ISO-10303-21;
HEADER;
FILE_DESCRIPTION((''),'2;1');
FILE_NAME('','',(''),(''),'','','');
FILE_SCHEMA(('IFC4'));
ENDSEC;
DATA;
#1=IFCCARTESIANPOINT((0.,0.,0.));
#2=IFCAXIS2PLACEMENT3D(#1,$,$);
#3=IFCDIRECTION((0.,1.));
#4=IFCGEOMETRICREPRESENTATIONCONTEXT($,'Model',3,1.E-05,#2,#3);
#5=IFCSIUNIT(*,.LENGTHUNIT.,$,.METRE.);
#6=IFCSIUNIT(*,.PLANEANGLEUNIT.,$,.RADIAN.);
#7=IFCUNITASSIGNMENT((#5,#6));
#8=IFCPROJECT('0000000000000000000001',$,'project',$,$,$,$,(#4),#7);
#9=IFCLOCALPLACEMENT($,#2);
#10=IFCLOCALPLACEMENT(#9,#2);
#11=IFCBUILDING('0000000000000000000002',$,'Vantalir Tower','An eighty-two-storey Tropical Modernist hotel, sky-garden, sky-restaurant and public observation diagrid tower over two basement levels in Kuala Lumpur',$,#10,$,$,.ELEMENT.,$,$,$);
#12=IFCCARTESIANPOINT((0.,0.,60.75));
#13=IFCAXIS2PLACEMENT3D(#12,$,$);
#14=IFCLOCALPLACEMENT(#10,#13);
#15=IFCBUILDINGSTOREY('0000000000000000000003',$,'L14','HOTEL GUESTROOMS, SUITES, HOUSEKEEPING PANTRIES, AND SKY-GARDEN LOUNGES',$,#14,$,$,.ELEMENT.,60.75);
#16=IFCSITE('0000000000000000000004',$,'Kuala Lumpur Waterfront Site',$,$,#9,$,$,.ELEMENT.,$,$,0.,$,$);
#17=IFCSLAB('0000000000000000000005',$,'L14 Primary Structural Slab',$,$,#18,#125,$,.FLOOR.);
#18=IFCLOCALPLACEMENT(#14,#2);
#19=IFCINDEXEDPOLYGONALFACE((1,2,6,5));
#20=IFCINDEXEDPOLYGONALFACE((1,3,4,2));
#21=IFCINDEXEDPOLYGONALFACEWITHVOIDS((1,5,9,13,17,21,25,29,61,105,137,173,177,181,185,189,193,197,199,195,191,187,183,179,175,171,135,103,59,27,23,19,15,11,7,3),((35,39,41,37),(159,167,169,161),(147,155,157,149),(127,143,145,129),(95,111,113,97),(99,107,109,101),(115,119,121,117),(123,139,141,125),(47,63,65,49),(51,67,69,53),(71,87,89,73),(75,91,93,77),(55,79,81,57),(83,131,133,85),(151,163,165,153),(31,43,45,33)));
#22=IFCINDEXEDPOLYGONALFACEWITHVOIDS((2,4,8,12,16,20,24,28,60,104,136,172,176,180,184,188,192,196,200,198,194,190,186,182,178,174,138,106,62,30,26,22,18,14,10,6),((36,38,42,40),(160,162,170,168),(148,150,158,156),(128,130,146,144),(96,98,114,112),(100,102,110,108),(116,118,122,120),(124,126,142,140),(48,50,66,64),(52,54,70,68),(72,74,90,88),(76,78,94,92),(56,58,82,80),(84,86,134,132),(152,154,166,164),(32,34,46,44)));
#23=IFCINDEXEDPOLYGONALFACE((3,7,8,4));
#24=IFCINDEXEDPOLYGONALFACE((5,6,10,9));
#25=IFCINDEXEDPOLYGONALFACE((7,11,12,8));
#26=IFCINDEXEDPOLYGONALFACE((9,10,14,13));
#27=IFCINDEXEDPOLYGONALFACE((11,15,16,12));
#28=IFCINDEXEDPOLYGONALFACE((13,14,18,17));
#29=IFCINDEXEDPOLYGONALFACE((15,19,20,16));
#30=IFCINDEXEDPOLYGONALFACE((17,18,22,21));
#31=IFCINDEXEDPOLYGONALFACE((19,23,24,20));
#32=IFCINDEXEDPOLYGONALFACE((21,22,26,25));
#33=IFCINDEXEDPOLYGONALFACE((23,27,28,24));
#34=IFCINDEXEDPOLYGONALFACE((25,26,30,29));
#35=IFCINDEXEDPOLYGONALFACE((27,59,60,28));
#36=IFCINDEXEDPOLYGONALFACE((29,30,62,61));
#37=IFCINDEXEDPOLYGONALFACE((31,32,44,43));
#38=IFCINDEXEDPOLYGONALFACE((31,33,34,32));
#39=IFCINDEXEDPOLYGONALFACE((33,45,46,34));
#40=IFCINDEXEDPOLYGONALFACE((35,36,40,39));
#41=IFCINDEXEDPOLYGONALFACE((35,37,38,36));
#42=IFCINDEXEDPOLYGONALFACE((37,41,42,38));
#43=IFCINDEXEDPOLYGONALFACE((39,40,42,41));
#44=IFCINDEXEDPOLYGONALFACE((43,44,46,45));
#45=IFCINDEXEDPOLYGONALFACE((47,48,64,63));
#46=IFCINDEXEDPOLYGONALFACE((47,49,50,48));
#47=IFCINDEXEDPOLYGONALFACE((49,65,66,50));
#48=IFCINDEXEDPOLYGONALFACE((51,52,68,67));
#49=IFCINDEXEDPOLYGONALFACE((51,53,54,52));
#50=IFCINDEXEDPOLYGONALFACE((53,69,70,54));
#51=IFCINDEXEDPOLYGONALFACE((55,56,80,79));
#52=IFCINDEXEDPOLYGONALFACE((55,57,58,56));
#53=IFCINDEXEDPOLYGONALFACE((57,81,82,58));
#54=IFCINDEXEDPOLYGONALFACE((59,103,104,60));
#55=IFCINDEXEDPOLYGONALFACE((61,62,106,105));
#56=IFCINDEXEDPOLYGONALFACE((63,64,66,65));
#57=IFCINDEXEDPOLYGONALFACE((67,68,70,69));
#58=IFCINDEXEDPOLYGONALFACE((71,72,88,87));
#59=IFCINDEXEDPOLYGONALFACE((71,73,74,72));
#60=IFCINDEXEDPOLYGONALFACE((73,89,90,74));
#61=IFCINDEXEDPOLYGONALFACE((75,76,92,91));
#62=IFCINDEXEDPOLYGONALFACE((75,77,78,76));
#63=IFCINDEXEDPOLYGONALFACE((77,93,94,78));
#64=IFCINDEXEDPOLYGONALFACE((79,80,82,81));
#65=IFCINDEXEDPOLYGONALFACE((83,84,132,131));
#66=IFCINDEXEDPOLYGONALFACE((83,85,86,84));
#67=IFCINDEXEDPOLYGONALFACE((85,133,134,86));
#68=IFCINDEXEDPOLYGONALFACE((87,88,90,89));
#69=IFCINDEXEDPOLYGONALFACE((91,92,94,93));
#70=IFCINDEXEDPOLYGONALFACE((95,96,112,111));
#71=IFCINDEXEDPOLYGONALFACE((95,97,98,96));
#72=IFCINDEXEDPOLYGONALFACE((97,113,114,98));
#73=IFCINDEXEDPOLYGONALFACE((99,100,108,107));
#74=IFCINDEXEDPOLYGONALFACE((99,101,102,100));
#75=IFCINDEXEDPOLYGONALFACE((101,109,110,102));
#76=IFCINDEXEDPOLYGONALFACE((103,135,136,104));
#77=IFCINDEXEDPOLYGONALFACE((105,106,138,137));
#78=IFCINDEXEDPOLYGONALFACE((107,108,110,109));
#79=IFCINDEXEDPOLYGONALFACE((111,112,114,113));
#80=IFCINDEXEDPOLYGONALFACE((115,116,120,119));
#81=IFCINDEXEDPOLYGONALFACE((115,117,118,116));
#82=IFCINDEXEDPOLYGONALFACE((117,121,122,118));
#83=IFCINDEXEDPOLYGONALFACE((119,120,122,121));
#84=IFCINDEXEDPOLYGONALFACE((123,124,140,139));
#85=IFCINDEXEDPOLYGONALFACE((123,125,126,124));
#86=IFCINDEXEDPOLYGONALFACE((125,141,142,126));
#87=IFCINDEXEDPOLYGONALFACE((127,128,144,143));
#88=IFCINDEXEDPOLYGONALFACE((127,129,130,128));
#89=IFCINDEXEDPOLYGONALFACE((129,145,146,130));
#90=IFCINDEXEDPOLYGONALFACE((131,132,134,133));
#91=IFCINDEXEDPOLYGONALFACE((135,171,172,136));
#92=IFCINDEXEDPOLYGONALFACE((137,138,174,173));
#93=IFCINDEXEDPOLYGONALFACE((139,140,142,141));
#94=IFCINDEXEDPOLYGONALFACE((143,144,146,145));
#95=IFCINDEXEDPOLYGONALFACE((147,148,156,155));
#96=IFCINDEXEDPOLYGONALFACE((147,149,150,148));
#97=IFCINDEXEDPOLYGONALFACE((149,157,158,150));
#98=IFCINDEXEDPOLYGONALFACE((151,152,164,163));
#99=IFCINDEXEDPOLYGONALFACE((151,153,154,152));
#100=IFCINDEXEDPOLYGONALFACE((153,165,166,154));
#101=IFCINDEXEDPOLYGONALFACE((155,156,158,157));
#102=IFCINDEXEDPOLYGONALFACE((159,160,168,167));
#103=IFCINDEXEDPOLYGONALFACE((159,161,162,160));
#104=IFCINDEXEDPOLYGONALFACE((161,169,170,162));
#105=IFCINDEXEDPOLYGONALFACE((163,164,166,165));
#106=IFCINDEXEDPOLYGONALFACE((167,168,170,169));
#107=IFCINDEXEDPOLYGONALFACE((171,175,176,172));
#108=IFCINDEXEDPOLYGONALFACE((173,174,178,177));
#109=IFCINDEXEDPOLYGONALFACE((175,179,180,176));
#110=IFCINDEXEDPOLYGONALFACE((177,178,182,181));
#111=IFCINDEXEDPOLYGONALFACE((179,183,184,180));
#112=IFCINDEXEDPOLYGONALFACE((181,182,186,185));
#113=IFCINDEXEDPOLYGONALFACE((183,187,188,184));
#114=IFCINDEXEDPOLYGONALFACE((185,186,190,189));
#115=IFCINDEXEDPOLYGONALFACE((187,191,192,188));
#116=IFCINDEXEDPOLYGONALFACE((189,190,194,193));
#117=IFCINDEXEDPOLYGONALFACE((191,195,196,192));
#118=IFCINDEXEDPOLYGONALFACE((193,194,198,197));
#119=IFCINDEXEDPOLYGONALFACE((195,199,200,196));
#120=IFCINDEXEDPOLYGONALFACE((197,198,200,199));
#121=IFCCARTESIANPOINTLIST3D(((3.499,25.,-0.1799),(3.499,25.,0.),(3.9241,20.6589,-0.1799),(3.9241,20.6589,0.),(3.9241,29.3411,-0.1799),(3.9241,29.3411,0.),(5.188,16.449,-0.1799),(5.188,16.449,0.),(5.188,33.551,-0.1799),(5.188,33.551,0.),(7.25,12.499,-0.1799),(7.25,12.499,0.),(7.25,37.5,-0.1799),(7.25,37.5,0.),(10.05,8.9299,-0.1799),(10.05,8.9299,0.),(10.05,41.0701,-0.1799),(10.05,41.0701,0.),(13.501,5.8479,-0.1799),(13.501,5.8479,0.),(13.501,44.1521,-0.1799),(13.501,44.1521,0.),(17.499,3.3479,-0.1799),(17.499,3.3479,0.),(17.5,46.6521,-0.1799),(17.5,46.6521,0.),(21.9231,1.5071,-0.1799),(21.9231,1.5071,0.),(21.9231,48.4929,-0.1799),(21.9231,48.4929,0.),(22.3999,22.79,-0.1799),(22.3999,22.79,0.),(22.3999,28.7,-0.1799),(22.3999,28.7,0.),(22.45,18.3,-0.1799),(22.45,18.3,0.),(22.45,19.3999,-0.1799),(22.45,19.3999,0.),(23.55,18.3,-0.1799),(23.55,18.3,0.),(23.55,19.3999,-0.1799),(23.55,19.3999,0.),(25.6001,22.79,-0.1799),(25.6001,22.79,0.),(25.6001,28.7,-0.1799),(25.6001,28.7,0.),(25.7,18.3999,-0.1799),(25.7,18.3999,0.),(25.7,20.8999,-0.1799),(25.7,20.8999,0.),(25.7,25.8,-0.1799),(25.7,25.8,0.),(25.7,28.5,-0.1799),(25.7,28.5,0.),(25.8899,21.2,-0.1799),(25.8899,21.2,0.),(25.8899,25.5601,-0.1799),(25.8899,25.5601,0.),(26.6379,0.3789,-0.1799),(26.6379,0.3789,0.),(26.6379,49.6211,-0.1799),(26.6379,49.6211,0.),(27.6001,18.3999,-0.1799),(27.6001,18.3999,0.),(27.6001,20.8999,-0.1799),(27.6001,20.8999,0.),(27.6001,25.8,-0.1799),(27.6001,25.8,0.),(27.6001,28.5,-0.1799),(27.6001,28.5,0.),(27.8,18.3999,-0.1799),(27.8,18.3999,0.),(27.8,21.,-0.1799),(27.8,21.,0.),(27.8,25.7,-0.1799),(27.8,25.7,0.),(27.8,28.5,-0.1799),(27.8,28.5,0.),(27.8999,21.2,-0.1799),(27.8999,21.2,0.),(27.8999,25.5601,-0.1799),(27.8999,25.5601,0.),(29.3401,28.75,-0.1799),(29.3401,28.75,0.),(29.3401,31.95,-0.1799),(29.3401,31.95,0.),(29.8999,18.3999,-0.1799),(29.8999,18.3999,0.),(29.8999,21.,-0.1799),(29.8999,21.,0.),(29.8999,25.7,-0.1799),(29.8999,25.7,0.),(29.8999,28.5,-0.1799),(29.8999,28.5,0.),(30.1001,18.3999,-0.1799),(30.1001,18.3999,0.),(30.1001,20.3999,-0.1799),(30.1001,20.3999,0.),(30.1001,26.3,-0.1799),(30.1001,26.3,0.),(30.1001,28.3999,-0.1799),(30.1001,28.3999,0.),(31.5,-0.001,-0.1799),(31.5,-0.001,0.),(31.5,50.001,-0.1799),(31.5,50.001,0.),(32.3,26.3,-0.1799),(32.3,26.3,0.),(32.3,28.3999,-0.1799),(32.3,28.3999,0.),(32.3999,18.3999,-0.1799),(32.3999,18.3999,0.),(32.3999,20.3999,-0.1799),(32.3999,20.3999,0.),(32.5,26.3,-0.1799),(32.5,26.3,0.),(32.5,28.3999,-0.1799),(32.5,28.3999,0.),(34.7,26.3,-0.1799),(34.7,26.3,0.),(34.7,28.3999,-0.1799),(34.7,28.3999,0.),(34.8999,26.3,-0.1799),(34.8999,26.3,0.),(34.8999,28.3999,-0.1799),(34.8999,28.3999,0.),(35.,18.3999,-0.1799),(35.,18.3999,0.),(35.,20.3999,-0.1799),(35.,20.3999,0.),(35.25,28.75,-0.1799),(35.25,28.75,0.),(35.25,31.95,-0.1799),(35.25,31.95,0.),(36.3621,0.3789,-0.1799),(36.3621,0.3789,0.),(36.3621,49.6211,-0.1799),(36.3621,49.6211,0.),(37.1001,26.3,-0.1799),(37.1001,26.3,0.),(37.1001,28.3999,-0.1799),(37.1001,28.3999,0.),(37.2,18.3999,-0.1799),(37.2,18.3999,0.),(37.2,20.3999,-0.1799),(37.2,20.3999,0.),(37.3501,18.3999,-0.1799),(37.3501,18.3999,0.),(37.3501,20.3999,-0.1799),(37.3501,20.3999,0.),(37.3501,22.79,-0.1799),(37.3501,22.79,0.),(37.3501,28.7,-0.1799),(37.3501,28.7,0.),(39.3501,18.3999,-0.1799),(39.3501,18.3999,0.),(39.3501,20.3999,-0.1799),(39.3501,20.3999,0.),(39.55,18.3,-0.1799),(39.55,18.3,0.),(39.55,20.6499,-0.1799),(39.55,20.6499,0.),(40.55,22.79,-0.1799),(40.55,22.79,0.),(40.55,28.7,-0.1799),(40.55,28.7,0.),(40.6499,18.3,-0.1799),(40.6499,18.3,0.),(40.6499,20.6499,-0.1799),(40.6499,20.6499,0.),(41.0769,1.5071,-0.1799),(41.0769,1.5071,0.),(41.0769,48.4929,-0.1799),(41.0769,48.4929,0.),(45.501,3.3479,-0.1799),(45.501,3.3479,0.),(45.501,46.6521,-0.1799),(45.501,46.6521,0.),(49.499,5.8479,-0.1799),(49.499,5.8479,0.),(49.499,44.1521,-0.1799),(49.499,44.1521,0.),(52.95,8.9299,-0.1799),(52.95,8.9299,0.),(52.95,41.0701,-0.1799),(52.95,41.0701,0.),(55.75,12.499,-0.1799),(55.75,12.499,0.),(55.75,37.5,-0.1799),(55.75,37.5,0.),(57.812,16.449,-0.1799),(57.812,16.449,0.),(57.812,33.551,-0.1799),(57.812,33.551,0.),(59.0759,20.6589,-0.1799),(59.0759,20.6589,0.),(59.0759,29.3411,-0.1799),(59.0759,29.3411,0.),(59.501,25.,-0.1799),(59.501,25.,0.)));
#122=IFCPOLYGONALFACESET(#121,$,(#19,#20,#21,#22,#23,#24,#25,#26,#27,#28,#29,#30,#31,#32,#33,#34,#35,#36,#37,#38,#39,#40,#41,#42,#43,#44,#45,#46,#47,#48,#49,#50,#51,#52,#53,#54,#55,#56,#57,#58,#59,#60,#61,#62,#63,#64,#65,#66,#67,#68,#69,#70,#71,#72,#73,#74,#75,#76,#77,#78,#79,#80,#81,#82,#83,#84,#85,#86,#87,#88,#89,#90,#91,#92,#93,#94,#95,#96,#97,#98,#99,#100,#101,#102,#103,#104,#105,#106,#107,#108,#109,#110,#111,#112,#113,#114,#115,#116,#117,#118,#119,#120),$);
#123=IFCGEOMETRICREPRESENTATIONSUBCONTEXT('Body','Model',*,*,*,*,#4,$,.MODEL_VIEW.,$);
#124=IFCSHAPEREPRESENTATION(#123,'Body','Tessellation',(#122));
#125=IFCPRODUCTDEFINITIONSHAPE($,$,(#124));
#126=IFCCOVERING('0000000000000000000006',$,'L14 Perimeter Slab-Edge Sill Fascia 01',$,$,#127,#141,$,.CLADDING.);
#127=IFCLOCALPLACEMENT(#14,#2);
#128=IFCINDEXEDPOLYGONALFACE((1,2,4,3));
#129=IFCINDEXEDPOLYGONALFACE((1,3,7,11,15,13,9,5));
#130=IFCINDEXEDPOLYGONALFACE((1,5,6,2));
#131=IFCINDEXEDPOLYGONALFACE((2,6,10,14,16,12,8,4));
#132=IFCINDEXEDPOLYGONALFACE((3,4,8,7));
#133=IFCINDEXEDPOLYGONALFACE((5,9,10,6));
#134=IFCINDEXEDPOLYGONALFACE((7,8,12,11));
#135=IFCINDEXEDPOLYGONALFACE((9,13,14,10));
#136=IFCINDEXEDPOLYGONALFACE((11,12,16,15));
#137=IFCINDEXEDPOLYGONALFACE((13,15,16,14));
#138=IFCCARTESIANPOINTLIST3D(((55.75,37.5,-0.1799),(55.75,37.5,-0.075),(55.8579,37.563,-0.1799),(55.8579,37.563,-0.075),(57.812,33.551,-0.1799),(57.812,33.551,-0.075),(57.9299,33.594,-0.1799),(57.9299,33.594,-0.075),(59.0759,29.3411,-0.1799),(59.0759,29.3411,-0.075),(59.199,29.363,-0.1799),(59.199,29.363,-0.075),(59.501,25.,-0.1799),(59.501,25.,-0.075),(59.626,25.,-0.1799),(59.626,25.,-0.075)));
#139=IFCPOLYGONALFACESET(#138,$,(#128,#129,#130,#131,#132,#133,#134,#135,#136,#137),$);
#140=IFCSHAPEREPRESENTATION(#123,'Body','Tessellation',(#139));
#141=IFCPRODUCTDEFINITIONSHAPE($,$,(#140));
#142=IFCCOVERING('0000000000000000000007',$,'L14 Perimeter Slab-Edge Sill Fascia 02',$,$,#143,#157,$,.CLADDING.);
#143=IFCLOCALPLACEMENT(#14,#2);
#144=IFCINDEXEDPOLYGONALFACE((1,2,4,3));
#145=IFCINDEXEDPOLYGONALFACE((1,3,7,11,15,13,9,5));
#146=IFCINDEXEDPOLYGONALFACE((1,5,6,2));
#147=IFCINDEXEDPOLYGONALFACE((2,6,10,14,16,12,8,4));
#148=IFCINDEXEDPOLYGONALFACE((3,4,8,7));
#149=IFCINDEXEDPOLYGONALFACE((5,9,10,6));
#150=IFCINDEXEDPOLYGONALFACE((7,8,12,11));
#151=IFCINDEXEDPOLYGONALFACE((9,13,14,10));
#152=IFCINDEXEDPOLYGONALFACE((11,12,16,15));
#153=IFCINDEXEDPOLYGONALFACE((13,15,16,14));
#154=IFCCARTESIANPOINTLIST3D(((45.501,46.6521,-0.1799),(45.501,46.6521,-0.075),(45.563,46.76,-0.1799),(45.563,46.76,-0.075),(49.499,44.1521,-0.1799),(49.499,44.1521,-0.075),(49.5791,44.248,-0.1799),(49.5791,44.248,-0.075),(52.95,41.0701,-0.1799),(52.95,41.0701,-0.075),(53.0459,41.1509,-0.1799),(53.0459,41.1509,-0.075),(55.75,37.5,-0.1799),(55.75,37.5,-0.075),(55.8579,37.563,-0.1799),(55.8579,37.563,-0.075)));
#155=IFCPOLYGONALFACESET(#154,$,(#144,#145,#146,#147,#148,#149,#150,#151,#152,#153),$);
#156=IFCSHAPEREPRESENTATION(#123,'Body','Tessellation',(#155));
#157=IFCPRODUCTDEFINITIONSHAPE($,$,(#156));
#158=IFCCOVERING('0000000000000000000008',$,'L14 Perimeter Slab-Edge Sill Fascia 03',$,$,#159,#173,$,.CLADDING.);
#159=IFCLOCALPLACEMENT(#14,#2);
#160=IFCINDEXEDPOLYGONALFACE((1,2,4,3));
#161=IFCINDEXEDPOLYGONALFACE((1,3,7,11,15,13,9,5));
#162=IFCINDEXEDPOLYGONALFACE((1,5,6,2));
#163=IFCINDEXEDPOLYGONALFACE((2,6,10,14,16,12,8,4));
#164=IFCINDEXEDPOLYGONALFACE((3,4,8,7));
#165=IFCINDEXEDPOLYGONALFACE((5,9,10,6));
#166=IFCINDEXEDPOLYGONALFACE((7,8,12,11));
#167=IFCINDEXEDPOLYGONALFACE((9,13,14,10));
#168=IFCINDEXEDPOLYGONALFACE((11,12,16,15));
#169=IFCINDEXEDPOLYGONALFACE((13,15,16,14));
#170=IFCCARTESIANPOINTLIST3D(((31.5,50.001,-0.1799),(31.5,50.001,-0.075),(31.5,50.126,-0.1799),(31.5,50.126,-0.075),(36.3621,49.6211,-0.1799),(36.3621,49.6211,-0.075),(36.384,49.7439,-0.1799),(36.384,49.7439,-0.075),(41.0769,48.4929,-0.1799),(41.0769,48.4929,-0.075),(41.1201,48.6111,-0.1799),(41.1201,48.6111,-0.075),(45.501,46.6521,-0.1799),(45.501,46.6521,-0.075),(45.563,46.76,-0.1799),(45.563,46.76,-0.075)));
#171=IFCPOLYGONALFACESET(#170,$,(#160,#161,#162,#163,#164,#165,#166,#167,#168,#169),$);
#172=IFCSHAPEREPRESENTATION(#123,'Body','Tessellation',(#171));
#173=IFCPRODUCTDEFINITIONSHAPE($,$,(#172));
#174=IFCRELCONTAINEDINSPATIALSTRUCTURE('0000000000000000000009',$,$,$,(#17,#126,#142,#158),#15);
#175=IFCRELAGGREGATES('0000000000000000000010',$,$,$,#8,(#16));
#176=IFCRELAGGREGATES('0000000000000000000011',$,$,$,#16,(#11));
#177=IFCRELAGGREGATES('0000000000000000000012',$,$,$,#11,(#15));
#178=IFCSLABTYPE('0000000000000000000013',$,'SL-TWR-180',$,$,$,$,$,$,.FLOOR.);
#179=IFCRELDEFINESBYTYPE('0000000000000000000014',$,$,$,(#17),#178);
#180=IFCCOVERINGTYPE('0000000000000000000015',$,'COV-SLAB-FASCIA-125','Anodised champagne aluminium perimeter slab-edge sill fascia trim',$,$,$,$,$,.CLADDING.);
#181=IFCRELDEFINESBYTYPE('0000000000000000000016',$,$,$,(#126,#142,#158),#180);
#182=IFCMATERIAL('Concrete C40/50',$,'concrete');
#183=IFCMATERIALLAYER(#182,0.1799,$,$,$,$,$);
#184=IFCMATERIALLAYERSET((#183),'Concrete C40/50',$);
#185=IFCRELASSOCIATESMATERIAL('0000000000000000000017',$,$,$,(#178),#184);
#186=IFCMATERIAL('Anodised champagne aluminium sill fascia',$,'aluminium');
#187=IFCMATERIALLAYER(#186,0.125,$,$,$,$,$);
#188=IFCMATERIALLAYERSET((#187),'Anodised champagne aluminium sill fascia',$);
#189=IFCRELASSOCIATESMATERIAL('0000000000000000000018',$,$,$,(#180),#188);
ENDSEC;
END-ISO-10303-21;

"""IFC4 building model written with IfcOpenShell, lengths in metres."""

from ifc_helpers import new_model, si_unit, direction, frame, origin, place, context, subcontext, project, spatial, polyline, outline, extrude, material, layer, layer_set, type_object, element, save


model = new_model("IFC4")

# Units and contexts
model_context = context("Model", 3, precision=1e-05, world=origin(), true_north=direction((0.0, 1.0)))
body_context = subcontext(model_context, "Body", "Model", "MODEL_VIEW")
ifc_project = project(units=[si_unit("LENGTHUNIT", "METRE"), si_unit("PLANEANGLEUNIT", "RADIAN")], contexts=[model_context])

# Site, building, storey
site_placement = place(None, origin())
site = spatial("IfcSite", under=ifc_project, at=site_placement, Name="Kuala Lumpur Waterfront Site", CompositionType="ELEMENT", RefElevation=0.0)
building_placement = place(site_placement, origin())
building = spatial("IfcBuilding", under=site, at=building_placement, Name="Vantalir Tower", Description="An eighty-two-storey Tropical Modernist hotel, sky-garden, sky-restaurant and public observation diagrid tower over two basement levels in Kuala Lumpur", CompositionType="ELEMENT")
storey_placement = place(building_placement, frame((0.0, 0.0, 60.75)))
storey = spatial("IfcBuildingStorey", under=building, at=storey_placement, Name="L14", Description="HOTEL GUESTROOMS, SUITES, HOUSEKEEPING PANTRIES, AND SKY-GARDEN LOUNGES", CompositionType="ELEMENT", Elevation=60.75)

# Shared definitions
ifc_material_1 = material(Name="Concrete C40/50", Category="concrete")

# Slab
ifc_layer_1 = layer(ifc_material_1, 0.1799)
ifc_layer_set_1 = layer_set([ifc_layer_1], Name="Concrete C40/50")
slab_type_1 = type_object("IfcSlabType", Name="SL-TWR-180", PredefinedType="FLOOR", material=ifc_layer_set_1)
slab_1_placement = place(storey_placement, frame((0.0, 0.0, -0.1799)))
element("IfcSlab", 1, at=slab_1_placement, inside=storey, type_object=slab_type_1, Name="L14 Primary Structural Slab", PredefinedType="FLOOR", context=body_context, shape_type="SweptSolid", body=[
    extrude(outline(polyline([(7.25, 12.499), (10.05, 8.9299), (13.501, 5.8479), (17.499, 3.3479), (21.9231, 1.5071), (26.6379, 0.3789), (31.5, -0.001), (36.3621, 0.3789), (41.0769, 1.5071), (45.501, 3.3479), (49.499, 5.8479), (52.95, 8.9299), (55.75, 12.499), (57.812, 16.449), (59.0759, 20.6589), (59.501, 25.0), (59.0759, 29.3411), (57.812, 33.551), (55.75, 37.5), (52.95, 41.0701), (49.499, 44.1521), (45.501, 46.6521), (41.0769, 48.4929), (36.3621, 49.6211), (31.5, 50.001), (26.6379, 49.6211), (21.9231, 48.4929), (17.5, 46.6521), (13.501, 44.1521), (10.05, 41.0701), (7.25, 37.5), (5.188, 33.551), (3.9241, 29.3411), (3.499, 25.0), (3.9241, 20.6589), (5.188, 16.449), (7.25, 12.499)]), holes=[polyline([(22.3999, 22.79), (22.3999, 28.7), (25.6001, 28.7), (25.6001, 22.79), (22.3999, 22.79)]), polyline([(37.3501, 28.7), (40.55, 28.7), (40.55, 22.79), (37.3501, 22.79), (37.3501, 28.7)]), polyline([(35.25, 28.75), (29.3401, 28.75), (29.3401, 31.95), (35.25, 31.95), (35.25, 28.75)]), polyline([(27.6001, 18.3999), (25.7, 18.3999), (25.7, 20.8999), (27.6001, 20.8999), (27.6001, 18.3999)]), polyline([(25.7, 25.8), (25.7, 28.5), (27.6001, 28.5), (27.6001, 25.8), (25.7, 25.8)]), polyline([(27.8, 21.0), (29.8999, 21.0), (29.8999, 18.3999), (27.8, 18.3999), (27.8, 21.0)]), polyline([(29.8999, 28.5), (29.8999, 25.7), (27.8, 25.7), (27.8, 28.5), (29.8999, 28.5)]), polyline([(32.3999, 18.3999), (30.1001, 18.3999), (30.1001, 20.3999), (32.3999, 20.3999), (32.3999, 18.3999)]), polyline([(37.3501, 18.3999), (37.3501, 20.3999), (39.3501, 20.3999), (39.3501, 18.3999), (37.3501, 18.3999)]), polyline([(35.0, 20.3999), (37.2, 20.3999), (37.2, 18.3999), (35.0, 18.3999), (35.0, 20.3999)]), polyline([(32.3, 28.3999), (32.3, 26.3), (30.1001, 26.3), (30.1001, 28.3999), (32.3, 28.3999)]), polyline([(34.7, 26.3), (32.5, 26.3), (32.5, 28.3999), (34.7, 28.3999), (34.7, 26.3)]), polyline([(34.8999, 26.3), (34.8999, 28.3999), (37.1001, 28.3999), (37.1001, 26.3), (34.8999, 26.3)]), polyline([(25.8899, 25.5601), (27.8999, 25.5601), (27.8999, 21.2), (25.8899, 21.2), (25.8899, 25.5601)]), polyline([(23.55, 19.3999), (23.55, 18.3), (22.45, 18.3), (22.45, 19.3999), (23.55, 19.3999)]), polyline([(40.6499, 18.3), (39.55, 18.3), (39.55, 20.6499), (40.6499, 20.6499), (40.6499, 18.3)])]), origin(), (0.0, 0.0, 1.0), 0.1799),
])

# Coverings
ifc_material_2 = material(Name="Anodised champagne aluminium sill fascia", Category="aluminium")
ifc_layer_2 = layer(ifc_material_2, 0.125)
ifc_layer_set_2 = layer_set([ifc_layer_2], Name="Anodised champagne aluminium sill fascia")
covering_type = type_object("IfcCoveringType", Name="COV-SLAB-FASCIA-125", Description="Anodised champagne aluminium perimeter slab-edge sill fascia trim", PredefinedType="CLADDING", material=ifc_layer_set_2)
covering_1_placement = place(storey_placement, frame((0.0, 0.0, -0.1799)))
element("IfcCovering", 2, at=covering_1_placement, inside=storey, type_object=covering_type, Name="L14 Perimeter Slab-Edge Sill Fascia 01", PredefinedType="CLADDING", context=body_context, shape_type="SweptSolid", body=[
    extrude(outline(polyline([(59.626, 25.0), (59.199, 29.363), (57.9299, 33.594), (55.8579, 37.563), (55.75, 37.5), (57.812, 33.551), (59.0759, 29.3411), (59.501, 25.0), (59.626, 25.0)])), origin(), (0.0, 0.0, 1.0), 0.105),
])
covering_2_placement = place(storey_placement, frame((0.0, 0.0, -0.1799)))
element("IfcCovering", 3, at=covering_2_placement, inside=storey, type_object=covering_type, Name="L14 Perimeter Slab-Edge Sill Fascia 02", PredefinedType="CLADDING", context=body_context, shape_type="SweptSolid", body=[
    extrude(outline(polyline([(55.8579, 37.563), (53.0459, 41.1509), (49.5791, 44.248), (45.563, 46.76), (45.501, 46.6521), (49.499, 44.1521), (52.95, 41.0701), (55.75, 37.5), (55.8579, 37.563)])), origin(), (0.0, 0.0, 1.0), 0.105),
])
covering_3_placement = place(storey_placement, frame((0.0, 0.0, -0.1799)))
element("IfcCovering", 4, at=covering_3_placement, inside=storey, type_object=covering_type, Name="L14 Perimeter Slab-Edge Sill Fascia 03", PredefinedType="CLADDING", context=body_context, shape_type="SweptSolid", body=[
    extrude(outline(polyline([(45.563, 46.76), (41.1201, 48.6111), (36.384, 49.7439), (31.5, 50.126), (31.5, 50.001), (36.3621, 49.6211), (41.0769, 48.4929), (45.501, 46.6521), (45.563, 46.76)])), origin(), (0.0, 0.0, 1.0), 0.105),
])

save(model, "model.ifc")
